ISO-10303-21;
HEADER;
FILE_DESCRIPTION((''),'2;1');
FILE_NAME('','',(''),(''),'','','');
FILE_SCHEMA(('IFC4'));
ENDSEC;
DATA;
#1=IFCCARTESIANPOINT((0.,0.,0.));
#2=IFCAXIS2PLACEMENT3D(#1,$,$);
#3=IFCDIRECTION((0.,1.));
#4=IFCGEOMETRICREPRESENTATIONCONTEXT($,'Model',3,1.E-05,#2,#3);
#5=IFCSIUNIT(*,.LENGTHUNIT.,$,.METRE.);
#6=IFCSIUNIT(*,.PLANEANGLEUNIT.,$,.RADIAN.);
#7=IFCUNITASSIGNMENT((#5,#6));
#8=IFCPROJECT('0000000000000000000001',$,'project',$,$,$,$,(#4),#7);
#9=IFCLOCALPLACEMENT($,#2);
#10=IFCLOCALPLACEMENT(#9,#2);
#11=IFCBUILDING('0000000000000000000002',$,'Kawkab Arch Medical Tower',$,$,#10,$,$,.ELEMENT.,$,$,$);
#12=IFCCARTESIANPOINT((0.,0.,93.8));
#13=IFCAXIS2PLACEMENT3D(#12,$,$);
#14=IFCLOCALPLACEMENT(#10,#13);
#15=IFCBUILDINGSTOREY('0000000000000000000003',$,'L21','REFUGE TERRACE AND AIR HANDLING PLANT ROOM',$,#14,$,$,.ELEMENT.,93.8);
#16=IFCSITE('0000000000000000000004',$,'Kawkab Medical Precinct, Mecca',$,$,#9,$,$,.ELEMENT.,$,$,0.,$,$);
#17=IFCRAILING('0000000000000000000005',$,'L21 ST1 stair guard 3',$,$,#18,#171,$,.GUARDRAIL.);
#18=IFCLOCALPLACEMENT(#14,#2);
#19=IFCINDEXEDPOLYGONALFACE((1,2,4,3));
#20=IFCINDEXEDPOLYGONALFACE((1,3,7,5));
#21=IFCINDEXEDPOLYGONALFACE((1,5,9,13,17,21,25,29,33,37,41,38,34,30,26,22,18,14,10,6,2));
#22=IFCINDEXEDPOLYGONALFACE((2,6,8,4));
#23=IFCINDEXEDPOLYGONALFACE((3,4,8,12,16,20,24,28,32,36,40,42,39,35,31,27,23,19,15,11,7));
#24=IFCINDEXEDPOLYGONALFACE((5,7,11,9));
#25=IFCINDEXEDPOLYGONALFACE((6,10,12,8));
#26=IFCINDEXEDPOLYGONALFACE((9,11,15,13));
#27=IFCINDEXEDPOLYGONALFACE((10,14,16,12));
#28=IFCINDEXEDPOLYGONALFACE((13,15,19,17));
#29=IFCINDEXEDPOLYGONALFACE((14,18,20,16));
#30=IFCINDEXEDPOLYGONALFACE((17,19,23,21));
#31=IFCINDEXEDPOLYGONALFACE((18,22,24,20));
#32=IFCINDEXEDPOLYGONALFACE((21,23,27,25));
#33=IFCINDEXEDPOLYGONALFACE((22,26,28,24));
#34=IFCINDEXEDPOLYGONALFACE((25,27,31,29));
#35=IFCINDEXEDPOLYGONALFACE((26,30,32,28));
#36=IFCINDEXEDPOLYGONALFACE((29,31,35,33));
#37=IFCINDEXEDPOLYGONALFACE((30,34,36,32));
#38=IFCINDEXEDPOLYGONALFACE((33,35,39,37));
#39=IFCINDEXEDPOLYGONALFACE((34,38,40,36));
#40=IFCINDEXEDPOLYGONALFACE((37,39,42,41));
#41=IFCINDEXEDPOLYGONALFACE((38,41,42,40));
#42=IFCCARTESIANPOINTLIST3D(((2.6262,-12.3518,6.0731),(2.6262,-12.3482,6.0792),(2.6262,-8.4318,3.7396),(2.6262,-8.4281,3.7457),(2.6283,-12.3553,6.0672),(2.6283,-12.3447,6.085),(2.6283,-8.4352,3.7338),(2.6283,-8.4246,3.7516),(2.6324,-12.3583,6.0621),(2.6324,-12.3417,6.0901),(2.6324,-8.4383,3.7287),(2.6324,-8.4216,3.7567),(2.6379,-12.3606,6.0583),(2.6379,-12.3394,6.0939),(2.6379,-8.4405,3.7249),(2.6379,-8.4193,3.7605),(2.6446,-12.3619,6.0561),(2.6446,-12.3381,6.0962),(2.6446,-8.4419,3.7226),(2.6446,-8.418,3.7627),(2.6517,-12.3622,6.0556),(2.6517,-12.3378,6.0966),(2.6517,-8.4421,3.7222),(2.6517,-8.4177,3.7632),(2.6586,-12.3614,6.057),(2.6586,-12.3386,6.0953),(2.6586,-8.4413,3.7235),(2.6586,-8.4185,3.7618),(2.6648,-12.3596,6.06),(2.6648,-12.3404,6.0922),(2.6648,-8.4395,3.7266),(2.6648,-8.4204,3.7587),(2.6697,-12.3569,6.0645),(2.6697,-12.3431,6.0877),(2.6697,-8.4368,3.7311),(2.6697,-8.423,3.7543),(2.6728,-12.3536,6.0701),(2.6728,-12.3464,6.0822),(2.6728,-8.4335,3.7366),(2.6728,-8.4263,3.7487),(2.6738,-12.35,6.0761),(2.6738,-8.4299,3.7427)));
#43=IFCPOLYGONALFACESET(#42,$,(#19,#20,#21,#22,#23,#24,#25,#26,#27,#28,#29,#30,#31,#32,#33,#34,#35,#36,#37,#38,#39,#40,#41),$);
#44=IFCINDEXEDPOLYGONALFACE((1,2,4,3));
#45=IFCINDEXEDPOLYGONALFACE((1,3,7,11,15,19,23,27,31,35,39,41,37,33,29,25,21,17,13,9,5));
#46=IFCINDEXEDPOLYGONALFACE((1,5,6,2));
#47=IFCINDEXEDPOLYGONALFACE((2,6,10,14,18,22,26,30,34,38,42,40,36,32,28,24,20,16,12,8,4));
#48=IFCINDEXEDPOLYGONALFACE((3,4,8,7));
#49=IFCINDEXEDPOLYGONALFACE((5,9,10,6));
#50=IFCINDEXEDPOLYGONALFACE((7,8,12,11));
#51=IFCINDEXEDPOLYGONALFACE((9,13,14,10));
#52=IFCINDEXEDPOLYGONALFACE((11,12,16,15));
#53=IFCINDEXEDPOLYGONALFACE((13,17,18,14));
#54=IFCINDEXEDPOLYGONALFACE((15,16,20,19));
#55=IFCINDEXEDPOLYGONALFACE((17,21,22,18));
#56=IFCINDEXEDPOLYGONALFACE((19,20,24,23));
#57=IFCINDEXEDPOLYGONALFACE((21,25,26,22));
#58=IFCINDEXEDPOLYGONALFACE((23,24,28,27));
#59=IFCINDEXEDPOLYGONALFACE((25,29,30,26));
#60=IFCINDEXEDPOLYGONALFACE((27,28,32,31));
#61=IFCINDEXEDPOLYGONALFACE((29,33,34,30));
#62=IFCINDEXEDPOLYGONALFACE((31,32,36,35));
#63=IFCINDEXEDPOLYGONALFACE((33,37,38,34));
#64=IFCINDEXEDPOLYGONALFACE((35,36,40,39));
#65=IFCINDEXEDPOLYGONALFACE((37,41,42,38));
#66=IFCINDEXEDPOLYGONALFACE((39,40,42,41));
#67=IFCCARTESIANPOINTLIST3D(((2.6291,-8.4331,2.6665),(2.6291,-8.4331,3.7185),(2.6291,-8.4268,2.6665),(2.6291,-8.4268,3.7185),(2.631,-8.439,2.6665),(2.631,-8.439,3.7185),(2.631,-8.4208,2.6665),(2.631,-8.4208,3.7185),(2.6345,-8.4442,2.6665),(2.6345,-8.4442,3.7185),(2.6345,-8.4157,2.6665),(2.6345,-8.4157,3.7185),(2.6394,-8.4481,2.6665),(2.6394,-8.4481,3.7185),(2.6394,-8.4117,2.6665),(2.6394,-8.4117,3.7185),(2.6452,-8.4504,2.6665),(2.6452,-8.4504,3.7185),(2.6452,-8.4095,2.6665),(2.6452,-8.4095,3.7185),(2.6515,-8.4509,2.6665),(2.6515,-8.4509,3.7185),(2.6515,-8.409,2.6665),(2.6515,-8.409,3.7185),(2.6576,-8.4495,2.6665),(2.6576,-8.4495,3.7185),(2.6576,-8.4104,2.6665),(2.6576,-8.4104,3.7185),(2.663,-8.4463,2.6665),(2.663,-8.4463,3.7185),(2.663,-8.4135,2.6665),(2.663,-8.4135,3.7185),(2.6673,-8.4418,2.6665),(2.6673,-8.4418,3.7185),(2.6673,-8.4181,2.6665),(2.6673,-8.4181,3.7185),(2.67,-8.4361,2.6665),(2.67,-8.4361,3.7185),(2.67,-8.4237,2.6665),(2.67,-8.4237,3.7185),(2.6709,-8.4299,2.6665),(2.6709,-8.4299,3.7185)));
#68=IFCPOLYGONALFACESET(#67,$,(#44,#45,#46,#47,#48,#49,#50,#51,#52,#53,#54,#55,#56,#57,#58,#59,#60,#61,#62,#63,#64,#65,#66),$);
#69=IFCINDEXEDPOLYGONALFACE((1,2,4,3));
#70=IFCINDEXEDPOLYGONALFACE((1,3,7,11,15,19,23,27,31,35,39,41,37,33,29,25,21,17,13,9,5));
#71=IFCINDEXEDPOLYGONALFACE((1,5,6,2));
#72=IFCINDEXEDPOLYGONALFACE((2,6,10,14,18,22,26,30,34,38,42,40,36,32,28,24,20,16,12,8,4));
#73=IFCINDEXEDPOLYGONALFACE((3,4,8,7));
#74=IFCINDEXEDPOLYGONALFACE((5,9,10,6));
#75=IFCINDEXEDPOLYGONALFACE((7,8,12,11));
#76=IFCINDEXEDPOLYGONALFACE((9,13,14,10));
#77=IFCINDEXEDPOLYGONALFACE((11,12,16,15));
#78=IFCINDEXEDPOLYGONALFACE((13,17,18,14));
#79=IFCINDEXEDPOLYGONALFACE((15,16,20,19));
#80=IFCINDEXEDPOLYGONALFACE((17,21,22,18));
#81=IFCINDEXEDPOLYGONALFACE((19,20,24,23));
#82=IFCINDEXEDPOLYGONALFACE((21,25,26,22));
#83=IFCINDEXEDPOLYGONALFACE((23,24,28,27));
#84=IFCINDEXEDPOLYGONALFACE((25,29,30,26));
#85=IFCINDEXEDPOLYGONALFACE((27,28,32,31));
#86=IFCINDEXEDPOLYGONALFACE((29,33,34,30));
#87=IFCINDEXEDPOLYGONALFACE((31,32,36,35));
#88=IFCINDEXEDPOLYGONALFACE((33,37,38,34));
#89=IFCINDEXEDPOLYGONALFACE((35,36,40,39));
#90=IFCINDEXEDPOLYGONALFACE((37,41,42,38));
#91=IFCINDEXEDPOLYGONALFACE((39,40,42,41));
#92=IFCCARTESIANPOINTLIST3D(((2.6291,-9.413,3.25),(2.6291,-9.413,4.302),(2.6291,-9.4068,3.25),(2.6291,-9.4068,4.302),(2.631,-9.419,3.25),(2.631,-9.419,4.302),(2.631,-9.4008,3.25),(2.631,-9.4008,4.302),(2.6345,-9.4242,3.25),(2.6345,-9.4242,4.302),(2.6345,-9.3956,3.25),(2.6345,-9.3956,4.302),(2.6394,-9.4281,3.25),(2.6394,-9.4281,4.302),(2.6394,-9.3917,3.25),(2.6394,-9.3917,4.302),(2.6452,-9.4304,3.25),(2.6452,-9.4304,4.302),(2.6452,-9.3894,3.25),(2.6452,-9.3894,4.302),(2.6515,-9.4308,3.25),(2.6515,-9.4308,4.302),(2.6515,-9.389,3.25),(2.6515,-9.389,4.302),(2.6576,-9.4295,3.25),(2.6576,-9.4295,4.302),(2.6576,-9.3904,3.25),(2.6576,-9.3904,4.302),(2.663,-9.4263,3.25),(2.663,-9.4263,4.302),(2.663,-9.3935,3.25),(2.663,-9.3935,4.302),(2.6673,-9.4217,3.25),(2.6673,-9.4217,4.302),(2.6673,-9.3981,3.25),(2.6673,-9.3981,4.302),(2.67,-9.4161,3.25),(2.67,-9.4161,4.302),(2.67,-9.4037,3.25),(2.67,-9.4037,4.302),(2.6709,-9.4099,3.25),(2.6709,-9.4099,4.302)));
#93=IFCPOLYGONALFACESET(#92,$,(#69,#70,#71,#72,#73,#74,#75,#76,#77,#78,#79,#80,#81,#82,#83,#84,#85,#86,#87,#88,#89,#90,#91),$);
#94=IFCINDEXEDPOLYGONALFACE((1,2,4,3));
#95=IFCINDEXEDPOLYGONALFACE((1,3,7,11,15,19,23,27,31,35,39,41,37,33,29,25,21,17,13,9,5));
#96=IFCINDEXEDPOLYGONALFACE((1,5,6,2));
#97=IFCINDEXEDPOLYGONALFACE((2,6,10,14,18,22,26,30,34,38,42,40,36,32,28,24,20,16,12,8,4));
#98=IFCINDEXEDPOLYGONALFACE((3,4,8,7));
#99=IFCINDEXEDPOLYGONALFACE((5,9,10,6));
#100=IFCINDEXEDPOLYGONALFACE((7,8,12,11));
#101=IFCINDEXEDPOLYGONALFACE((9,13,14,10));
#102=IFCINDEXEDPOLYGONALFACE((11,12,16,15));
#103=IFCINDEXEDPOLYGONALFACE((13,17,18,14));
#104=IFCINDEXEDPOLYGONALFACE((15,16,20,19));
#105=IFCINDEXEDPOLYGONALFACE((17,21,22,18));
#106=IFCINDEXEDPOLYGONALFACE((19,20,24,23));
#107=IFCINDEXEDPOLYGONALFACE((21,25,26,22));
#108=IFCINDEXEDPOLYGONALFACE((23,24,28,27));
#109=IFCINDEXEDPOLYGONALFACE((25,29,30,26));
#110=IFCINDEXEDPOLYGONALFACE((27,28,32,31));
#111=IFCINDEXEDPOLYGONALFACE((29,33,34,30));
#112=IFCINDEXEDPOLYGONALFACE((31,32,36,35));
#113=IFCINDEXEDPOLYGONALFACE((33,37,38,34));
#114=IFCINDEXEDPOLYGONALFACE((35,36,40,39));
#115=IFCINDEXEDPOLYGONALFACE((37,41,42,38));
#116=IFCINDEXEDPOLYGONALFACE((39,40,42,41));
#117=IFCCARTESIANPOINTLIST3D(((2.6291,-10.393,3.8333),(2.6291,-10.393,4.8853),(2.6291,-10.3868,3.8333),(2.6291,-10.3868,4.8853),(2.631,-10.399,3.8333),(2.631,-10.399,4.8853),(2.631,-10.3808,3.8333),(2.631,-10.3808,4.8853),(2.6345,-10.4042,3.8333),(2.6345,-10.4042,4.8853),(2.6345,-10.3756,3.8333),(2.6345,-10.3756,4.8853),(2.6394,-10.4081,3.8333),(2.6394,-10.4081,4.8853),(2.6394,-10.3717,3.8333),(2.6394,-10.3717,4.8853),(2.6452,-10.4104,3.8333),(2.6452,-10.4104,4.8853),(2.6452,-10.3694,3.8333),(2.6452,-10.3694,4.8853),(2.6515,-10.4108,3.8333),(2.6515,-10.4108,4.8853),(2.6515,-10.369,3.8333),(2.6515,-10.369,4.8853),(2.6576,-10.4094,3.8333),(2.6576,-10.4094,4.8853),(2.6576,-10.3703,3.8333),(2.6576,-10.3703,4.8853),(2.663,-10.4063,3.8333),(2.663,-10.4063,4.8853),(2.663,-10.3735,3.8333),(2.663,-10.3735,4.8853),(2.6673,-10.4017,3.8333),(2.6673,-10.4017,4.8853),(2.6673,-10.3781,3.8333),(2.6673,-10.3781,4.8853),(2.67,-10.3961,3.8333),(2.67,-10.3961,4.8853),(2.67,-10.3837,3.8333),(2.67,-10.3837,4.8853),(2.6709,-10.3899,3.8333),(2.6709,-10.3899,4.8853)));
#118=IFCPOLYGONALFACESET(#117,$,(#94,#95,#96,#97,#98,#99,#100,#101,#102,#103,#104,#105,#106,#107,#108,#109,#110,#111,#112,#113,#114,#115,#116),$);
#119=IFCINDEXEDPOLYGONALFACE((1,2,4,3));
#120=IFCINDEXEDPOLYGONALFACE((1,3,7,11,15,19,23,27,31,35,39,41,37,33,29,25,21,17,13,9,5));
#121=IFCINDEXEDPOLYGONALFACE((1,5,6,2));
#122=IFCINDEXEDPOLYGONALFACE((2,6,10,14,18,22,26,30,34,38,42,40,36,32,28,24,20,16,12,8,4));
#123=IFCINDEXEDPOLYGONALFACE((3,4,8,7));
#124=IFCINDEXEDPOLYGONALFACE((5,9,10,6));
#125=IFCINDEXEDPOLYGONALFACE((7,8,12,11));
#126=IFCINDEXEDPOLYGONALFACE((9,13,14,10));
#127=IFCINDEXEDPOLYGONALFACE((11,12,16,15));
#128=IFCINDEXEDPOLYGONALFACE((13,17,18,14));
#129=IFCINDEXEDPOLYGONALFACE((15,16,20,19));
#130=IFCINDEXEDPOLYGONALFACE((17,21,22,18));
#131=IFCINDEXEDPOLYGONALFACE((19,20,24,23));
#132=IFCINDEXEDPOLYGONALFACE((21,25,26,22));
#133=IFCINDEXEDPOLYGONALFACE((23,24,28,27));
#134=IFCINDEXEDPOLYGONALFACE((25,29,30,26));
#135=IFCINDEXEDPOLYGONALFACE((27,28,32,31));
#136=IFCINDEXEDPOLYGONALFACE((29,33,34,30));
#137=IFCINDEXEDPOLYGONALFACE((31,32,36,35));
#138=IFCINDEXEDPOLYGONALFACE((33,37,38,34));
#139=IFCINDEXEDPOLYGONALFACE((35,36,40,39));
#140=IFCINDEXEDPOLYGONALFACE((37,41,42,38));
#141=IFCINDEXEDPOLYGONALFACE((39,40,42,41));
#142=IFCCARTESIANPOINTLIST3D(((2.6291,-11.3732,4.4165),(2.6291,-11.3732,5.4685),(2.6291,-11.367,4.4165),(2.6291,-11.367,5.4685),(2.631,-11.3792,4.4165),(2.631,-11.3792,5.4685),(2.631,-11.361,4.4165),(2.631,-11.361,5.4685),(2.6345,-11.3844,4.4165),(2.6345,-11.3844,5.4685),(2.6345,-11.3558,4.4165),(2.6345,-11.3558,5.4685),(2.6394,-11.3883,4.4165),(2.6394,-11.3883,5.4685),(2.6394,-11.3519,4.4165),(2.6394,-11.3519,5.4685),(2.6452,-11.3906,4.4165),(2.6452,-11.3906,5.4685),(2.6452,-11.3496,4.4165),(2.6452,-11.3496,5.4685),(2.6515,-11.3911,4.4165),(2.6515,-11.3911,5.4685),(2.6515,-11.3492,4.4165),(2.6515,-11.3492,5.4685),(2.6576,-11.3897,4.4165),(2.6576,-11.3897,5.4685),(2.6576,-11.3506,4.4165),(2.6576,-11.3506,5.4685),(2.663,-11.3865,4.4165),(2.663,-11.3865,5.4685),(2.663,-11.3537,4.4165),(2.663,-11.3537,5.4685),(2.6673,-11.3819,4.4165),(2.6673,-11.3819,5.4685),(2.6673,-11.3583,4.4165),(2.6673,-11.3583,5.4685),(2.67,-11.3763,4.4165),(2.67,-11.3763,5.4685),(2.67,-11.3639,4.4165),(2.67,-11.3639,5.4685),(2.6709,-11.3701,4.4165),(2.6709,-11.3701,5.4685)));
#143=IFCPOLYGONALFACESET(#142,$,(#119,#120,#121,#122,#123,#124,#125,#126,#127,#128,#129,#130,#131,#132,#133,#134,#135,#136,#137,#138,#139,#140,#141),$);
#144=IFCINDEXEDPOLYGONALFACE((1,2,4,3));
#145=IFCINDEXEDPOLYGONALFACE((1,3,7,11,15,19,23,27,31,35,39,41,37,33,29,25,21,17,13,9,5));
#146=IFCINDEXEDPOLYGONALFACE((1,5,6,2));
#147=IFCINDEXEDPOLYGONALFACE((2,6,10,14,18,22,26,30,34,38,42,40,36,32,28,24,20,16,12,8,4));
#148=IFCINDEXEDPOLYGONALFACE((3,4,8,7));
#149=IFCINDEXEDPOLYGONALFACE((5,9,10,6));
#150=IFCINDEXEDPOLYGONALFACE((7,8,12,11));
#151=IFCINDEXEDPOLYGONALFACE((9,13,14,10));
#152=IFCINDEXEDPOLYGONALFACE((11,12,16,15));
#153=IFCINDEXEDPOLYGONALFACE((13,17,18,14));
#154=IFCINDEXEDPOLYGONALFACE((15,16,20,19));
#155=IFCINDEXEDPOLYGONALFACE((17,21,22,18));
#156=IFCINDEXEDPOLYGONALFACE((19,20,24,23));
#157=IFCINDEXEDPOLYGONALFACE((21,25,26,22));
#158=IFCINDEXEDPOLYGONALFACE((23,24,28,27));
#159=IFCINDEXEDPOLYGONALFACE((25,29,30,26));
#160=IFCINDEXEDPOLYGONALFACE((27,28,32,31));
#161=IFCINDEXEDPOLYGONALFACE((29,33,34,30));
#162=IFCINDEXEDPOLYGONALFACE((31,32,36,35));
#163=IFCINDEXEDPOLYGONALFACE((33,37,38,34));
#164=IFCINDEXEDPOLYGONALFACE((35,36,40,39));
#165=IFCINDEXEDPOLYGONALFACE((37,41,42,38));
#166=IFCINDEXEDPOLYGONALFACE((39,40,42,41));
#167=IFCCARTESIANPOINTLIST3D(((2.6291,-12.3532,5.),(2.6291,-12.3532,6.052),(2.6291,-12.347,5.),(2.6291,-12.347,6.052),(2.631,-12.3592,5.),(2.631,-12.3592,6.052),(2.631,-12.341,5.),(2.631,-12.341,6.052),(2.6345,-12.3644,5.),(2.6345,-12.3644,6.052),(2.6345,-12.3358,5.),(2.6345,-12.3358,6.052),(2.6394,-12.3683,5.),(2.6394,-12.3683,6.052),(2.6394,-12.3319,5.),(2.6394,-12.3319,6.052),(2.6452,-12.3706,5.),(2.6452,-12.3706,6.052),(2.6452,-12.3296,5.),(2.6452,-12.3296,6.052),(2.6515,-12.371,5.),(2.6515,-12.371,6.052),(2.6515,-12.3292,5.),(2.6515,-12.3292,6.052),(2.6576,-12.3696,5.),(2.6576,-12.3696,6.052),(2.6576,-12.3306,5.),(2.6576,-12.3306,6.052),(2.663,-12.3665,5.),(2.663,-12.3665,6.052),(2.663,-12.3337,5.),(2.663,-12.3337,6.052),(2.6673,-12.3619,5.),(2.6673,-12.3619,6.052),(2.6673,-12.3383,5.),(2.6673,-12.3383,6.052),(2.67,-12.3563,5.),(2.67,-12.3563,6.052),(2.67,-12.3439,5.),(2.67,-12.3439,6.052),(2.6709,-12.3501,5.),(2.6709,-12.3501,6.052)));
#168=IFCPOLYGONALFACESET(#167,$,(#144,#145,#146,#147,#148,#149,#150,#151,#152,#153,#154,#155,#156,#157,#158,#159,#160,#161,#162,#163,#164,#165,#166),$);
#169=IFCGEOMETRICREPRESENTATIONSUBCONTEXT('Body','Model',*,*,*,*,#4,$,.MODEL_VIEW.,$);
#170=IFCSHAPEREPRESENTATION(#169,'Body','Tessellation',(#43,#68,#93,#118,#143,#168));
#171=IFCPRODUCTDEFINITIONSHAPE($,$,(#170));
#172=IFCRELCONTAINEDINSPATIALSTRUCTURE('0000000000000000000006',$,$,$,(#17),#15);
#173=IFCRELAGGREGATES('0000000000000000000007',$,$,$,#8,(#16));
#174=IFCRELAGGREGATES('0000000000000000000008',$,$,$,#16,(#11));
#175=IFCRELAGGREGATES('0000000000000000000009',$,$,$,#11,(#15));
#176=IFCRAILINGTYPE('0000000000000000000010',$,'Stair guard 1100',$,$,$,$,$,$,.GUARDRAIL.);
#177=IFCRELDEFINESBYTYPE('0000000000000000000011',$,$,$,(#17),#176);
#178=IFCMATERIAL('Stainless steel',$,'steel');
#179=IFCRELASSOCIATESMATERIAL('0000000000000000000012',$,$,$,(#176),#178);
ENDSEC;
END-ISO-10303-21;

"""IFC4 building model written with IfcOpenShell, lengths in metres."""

from ifc_helpers import new_model, si_unit, direction, frame, origin, origin_2d, place, context, subcontext, project, spatial, circle, extrude, material, type_object, element, save


model = new_model("IFC4")

# Units and contexts
model_context = context("Model", 3, precision=1e-05, world=origin(), true_north=direction((0.0, 1.0)))
body_context = subcontext(model_context, "Body", "Model", "MODEL_VIEW")
ifc_project = project(units=[si_unit("LENGTHUNIT", "METRE"), si_unit("PLANEANGLEUNIT", "RADIAN")], contexts=[model_context])

# Site, building, storey
site_placement = place(None, origin())
site = spatial("IfcSite", under=ifc_project, at=site_placement, Name="Kawkab Medical Precinct, Mecca", CompositionType="ELEMENT", RefElevation=0.0)
building_placement = place(site_placement, origin())
building = spatial("IfcBuilding", under=site, at=building_placement, Name="Kawkab Arch Medical Tower", CompositionType="ELEMENT")
storey_placement = place(building_placement, frame((0.0, 0.0, 93.8)))
storey = spatial("IfcBuildingStorey", under=building, at=storey_placement, Name="L21", Description="REFUGE TERRACE AND AIR HANDLING PLANT ROOM", CompositionType="ELEMENT", Elevation=93.8)

# Railing
ifc_material_1 = material(Name="Stainless steel", Category="steel")
railing_type = type_object("IfcRailingType", Name="Stair guard 1100", PredefinedType="GUARDRAIL", material=ifc_material_1)
railing_1_placement = place(storey_placement, frame((2.6499, -8.4299, 2.6665)))
element("IfcRailing", 1, at=railing_1_placement, inside=storey, type_object=railing_type, Name="L21 ST1 stair guard 3", PredefinedType="GUARDRAIL", context=body_context, shape_type="SweptSolid", body=[
    extrude(circle(Radius=0.0239, at=origin_2d()), frame((0.0, 0.0, 1.0762), z_axis=(0.0, -0.859287, 0.511494), x_axis=(1.0, 0.0, 0.0)), (0.0, 0.0, 1.0), 4.562),
    extrude(circle(Radius=0.021, at=origin_2d()), origin(), (0.0, 0.0, 1.0), 1.052),
    extrude(circle(Radius=0.021, at=origin_2d()), frame((0.0, -0.98, 0.5835)), (0.0, 0.0, 1.0), 1.052),
    extrude(circle(Radius=0.021, at=origin_2d()), frame((0.0, -1.96, 1.1667)), (0.0, 0.0, 1.0), 1.052),
    extrude(circle(Radius=0.021, at=origin_2d()), frame((0.0, -2.9402, 1.75)), (0.0, 0.0, 1.0), 1.052),
    extrude(circle(Radius=0.021, at=origin_2d()), frame((0.0, -3.9202, 2.3335)), (0.0, 0.0, 1.0), 1.052),
])

save(model, "model.ifc")
